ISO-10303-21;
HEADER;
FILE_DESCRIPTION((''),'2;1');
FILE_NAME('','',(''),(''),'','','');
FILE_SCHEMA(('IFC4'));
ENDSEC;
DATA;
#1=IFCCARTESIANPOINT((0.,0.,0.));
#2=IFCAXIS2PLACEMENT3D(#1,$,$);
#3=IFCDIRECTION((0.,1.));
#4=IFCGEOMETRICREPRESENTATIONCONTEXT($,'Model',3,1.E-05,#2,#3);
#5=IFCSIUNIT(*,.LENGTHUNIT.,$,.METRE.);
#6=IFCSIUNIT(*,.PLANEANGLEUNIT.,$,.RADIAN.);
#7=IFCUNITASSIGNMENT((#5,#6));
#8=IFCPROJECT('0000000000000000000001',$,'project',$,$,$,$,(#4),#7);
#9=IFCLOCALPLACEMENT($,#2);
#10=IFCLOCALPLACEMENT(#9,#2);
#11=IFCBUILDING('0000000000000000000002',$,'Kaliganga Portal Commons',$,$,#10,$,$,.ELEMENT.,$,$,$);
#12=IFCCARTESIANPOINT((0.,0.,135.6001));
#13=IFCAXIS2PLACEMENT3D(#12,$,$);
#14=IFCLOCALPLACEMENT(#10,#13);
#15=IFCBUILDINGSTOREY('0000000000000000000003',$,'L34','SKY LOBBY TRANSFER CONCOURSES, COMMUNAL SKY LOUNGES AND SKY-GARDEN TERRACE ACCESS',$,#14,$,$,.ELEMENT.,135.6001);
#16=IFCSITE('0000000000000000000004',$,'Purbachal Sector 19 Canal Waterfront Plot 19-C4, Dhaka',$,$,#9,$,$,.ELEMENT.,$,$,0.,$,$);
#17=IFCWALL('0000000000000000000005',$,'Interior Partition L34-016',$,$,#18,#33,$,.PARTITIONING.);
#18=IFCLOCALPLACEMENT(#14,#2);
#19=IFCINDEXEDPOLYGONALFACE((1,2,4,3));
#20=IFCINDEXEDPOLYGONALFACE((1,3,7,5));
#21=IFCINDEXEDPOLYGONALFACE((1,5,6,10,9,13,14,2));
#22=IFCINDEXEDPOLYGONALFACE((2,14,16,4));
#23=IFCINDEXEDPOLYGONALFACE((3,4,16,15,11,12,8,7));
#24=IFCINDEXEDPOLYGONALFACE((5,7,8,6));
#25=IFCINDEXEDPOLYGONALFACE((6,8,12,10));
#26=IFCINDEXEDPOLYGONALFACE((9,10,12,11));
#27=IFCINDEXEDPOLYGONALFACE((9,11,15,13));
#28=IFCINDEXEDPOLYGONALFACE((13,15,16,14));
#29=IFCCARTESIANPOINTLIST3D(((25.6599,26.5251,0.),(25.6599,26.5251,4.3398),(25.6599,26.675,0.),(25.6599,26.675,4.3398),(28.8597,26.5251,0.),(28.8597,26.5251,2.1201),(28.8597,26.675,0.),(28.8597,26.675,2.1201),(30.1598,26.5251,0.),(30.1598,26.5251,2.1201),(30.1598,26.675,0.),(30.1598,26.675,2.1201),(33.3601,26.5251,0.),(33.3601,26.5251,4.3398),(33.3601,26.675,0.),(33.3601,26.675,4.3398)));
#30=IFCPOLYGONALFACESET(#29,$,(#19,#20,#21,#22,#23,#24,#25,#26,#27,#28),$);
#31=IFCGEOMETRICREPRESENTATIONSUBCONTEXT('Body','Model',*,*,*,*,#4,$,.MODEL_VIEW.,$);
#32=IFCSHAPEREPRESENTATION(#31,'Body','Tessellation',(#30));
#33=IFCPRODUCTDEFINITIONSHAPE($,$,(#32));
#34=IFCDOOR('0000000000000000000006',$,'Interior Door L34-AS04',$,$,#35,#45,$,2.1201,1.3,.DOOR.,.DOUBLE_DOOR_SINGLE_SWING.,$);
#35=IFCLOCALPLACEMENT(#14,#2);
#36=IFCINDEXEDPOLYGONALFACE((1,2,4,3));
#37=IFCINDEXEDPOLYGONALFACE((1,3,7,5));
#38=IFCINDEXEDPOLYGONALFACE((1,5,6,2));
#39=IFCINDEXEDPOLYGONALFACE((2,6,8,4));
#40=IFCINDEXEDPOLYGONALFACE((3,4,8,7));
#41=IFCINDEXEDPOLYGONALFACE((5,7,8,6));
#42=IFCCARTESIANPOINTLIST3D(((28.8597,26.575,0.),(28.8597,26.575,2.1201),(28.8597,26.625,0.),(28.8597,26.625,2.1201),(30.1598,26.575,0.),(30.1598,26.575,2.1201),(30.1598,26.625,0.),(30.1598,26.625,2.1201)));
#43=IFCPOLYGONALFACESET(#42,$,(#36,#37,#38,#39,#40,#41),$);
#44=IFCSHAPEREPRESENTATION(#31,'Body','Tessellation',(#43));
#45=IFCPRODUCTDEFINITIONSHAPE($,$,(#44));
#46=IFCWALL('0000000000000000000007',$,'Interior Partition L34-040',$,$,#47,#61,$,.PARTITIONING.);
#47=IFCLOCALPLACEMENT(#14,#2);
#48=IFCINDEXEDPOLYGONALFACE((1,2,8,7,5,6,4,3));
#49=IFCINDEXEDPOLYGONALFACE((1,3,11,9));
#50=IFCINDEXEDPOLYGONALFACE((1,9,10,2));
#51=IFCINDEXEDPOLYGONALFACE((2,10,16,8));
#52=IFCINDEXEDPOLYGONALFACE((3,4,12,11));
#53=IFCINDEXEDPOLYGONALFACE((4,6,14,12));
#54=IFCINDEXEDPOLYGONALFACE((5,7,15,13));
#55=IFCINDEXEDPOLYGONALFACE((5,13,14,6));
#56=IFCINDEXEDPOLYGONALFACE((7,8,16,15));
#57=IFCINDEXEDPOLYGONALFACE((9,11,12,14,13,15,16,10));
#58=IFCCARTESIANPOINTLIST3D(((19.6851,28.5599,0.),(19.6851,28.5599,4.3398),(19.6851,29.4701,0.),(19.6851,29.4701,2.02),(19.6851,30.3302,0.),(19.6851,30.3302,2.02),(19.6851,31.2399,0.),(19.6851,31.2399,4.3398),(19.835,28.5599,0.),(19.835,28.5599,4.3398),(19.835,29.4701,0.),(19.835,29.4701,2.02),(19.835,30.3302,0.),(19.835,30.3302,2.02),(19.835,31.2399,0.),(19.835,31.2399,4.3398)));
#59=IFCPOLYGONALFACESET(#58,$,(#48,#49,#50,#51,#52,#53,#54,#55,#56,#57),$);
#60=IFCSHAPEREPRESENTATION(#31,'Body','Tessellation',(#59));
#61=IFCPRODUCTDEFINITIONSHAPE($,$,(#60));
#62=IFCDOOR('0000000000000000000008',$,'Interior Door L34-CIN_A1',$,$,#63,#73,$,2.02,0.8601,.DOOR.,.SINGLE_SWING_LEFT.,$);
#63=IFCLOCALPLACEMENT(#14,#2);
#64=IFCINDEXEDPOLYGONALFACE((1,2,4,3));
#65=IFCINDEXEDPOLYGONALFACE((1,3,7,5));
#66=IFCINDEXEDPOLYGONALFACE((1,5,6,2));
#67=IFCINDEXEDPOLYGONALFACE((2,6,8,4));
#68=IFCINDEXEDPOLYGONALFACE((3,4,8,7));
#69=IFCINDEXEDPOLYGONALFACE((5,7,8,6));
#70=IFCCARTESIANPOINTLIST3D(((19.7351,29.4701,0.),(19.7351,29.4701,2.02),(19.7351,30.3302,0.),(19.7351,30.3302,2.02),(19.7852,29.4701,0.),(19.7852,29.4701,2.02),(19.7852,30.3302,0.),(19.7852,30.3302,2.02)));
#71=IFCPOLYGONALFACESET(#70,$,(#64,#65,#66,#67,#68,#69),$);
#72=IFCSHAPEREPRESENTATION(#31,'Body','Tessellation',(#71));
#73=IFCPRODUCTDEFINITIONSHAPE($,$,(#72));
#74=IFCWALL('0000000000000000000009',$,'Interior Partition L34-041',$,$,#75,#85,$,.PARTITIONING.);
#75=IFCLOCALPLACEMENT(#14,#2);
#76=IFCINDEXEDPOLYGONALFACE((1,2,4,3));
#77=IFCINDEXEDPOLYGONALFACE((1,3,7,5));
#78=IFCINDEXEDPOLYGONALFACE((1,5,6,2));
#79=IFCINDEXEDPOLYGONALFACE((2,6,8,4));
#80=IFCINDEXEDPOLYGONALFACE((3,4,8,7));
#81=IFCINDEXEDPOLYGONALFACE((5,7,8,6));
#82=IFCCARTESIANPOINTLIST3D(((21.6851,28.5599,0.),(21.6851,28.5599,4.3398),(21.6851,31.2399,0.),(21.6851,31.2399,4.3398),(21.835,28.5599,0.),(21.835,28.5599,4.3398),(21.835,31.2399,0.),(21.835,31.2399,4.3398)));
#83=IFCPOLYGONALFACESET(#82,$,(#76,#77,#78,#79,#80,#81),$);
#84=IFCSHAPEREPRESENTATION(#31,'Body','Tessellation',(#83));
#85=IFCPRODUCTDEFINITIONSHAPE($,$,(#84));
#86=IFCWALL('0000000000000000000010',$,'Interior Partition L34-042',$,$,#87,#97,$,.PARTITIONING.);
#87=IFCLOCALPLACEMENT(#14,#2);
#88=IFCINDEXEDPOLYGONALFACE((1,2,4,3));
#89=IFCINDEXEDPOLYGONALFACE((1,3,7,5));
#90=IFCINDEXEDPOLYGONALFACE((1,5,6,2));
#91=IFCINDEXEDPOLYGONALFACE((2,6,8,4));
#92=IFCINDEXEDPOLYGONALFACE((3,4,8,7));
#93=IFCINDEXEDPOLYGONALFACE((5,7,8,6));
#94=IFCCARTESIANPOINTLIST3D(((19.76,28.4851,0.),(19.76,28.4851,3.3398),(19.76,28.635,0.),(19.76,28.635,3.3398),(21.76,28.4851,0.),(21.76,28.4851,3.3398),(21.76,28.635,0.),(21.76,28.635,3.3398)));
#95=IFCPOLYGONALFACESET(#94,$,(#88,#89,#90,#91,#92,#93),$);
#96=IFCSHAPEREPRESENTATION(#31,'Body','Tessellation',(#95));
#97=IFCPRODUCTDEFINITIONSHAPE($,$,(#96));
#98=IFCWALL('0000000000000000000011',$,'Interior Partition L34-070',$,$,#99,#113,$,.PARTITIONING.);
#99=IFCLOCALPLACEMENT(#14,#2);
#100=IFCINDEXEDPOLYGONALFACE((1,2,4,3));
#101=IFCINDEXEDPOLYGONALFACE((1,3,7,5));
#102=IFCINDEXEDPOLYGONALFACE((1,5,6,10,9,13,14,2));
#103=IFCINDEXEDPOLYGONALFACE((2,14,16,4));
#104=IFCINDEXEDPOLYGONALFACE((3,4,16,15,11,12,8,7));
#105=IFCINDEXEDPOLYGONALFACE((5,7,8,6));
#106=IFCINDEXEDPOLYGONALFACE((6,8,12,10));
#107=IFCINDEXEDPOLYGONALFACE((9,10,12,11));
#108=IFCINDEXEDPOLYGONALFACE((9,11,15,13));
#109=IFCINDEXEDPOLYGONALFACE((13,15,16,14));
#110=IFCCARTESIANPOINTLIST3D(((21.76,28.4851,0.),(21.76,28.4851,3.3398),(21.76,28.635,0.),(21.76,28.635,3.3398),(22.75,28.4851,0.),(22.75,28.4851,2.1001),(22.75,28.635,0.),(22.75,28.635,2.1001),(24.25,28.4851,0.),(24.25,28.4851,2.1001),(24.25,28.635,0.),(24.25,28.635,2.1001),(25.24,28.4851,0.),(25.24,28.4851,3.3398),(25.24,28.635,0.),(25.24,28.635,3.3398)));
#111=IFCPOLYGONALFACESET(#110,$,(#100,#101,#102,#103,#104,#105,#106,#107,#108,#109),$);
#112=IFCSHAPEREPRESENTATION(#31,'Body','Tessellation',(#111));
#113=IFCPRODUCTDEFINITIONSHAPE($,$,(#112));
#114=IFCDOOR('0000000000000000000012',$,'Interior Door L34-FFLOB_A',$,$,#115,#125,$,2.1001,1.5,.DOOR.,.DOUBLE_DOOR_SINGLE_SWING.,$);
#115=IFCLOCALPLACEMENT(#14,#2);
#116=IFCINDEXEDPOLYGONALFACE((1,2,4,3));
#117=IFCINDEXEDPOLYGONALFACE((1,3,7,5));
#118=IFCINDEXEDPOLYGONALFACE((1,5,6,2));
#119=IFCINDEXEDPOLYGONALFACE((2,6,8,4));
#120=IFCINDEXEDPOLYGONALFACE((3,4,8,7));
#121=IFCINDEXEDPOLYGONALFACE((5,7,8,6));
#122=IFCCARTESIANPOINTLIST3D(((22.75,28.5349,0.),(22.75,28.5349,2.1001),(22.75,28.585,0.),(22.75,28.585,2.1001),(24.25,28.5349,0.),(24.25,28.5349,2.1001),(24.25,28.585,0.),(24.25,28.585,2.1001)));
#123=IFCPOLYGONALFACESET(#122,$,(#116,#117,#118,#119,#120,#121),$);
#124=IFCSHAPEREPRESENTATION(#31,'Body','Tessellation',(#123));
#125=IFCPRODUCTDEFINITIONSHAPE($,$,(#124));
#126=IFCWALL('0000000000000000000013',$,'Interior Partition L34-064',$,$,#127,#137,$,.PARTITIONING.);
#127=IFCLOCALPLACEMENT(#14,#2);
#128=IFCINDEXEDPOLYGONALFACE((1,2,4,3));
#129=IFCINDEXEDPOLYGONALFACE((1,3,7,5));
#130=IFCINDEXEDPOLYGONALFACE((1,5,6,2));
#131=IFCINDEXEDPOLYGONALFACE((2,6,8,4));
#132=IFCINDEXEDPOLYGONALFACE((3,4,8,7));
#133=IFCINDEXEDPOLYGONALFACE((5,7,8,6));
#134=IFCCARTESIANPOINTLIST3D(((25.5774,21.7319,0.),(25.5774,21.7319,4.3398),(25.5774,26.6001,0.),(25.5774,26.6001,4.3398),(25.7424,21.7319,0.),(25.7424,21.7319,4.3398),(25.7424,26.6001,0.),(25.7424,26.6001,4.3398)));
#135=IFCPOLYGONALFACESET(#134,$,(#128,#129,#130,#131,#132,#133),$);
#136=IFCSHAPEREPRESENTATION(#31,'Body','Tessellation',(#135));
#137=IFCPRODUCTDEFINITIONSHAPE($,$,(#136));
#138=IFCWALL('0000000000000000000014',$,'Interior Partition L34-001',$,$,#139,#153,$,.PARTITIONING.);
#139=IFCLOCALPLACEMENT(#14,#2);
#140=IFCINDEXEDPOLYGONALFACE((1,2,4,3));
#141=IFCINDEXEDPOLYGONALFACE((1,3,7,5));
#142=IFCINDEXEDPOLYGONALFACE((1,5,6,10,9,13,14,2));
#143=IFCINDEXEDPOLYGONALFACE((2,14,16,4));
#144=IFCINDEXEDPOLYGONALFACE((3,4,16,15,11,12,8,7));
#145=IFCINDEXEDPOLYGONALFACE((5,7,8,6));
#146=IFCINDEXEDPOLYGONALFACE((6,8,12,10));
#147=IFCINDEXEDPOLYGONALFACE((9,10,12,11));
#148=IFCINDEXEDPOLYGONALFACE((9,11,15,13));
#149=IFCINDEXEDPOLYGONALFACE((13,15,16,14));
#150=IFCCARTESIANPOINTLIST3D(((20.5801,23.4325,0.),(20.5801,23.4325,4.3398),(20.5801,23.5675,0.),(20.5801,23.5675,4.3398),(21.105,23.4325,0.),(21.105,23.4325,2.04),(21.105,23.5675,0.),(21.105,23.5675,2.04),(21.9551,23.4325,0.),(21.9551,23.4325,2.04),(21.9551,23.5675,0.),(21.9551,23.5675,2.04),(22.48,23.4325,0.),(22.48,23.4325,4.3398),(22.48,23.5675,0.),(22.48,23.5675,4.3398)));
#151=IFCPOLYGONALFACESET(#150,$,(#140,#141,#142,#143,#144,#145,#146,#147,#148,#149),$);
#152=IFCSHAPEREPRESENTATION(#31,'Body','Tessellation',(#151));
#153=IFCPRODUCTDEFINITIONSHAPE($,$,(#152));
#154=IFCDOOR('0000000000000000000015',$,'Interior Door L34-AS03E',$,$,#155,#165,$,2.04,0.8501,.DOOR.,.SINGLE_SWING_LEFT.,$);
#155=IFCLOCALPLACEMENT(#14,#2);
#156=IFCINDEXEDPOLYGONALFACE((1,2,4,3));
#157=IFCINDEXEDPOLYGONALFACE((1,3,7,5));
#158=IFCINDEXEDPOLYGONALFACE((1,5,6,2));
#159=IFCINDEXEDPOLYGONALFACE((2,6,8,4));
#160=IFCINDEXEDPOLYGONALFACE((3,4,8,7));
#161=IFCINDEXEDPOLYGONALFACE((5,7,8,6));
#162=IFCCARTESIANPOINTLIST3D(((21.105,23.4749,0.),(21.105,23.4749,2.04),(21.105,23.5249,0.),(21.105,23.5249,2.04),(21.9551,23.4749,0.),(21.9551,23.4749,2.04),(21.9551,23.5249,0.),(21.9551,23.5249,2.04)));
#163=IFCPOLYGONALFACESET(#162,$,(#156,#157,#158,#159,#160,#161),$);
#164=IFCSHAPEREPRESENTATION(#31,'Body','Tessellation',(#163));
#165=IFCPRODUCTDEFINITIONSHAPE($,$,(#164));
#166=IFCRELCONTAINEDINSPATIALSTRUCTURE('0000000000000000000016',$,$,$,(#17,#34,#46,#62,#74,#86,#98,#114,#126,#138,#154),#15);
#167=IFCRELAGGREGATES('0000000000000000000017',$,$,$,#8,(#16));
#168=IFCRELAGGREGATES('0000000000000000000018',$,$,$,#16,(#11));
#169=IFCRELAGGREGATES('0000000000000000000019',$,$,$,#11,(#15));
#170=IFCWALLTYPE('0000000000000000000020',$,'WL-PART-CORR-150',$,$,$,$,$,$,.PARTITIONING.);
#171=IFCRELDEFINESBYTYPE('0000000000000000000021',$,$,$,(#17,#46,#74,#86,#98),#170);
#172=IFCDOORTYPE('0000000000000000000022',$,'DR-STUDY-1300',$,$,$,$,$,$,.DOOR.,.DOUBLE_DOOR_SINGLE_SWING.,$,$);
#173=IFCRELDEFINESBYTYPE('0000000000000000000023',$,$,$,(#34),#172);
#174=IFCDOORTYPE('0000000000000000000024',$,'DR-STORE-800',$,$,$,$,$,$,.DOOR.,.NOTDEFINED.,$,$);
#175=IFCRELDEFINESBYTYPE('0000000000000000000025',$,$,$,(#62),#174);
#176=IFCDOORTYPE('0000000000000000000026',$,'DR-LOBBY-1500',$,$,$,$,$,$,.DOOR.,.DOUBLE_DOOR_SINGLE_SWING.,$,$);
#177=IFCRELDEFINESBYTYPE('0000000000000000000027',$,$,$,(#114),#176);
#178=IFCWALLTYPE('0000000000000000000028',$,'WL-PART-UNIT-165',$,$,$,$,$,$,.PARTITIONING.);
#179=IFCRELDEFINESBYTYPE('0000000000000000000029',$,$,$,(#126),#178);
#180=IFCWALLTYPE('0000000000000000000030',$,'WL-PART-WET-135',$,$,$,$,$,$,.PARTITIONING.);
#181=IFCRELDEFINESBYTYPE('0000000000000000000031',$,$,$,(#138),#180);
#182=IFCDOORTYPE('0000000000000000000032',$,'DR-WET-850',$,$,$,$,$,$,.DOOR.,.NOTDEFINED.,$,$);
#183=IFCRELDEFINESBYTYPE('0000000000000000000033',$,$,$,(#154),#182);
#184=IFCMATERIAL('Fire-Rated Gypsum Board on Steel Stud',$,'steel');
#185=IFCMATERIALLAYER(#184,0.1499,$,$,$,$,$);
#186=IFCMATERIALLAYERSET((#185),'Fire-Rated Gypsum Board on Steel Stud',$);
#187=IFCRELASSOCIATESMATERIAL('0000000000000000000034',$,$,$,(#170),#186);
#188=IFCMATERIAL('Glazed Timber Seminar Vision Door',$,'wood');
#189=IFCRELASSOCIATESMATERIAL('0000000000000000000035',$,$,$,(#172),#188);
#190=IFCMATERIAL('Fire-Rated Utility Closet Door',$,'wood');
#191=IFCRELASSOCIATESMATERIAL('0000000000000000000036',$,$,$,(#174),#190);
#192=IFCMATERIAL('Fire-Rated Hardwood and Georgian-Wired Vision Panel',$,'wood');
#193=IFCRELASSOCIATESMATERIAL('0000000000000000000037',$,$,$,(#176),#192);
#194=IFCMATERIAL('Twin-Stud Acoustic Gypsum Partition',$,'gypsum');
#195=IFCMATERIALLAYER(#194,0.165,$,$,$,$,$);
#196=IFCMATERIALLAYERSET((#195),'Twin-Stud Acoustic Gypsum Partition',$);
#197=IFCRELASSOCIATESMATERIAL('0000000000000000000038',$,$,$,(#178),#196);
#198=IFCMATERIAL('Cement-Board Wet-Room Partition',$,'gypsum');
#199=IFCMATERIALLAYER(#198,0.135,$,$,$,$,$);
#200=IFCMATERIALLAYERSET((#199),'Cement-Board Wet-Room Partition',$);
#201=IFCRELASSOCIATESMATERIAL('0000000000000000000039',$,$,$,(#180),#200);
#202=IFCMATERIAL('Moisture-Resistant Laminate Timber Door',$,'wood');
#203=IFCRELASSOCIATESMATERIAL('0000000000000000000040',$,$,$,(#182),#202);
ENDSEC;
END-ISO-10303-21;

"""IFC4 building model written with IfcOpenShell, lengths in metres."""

from ifc_helpers import new_model, si_unit, direction, frame, frame_2d, origin, place, context, subcontext, project, spatial, rectangle, extrude, material, layer, layer_set, type_object, element, fill, save


model = new_model("IFC4")

# Units and contexts
model_context = context("Model", 3, precision=1e-05, world=origin(), true_north=direction((0.0, 1.0)))
body_context = subcontext(model_context, "Body", "Model", "MODEL_VIEW")
ifc_project = project(units=[si_unit("LENGTHUNIT", "METRE"), si_unit("PLANEANGLEUNIT", "RADIAN")], contexts=[model_context])

# Site, building, storey
site_placement = place(None, origin())
site = spatial("IfcSite", under=ifc_project, at=site_placement, Name="Purbachal Sector 19 Canal Waterfront Plot 19-C4, Dhaka", CompositionType="ELEMENT", RefElevation=0.0)
building_placement = place(site_placement, origin())
building = spatial("IfcBuilding", under=site, at=building_placement, Name="Kaliganga Portal Commons", CompositionType="ELEMENT")
storey_placement = place(building_placement, frame((0.0, 0.0, 135.6001)))
storey = spatial("IfcBuildingStorey", under=building, at=storey_placement, Name="L34", Description="SKY LOBBY TRANSFER CONCOURSES, COMMUNAL SKY LOUNGES AND SKY-GARDEN TERRACE ACCESS", CompositionType="ELEMENT", Elevation=135.6001)

# Walls, openings, doors
ifc_material_1 = material(Name="Fire-Rated Gypsum Board on Steel Stud", Category="steel")
ifc_layer_1 = layer(ifc_material_1, 0.1499)
ifc_layer_set_1 = layer_set([ifc_layer_1], Name="Fire-Rated Gypsum Board on Steel Stud")
wall_type_1 = type_object("IfcWallType", Name="WL-PART-CORR-150", PredefinedType="PARTITIONING", material=ifc_layer_set_1)
wall_1_placement = place(storey_placement, frame((25.6599, 26.6001, 0.0), z_axis=(0.0, 0.0, 1.0), x_axis=(1.0, 0.0, 0.0)))
wall_1 = element("IfcWall", 1, at=wall_1_placement, inside=storey, type_object=wall_type_1, Name="Interior Partition L34-016", PredefinedType="PARTITIONING", context=body_context, shape_type="SweptSolid", body=[
    extrude(rectangle(XDim=7.7002, YDim=0.1499, at=frame_2d((3.8501, 0.0))), origin(), (0.0, 0.0, 1.0), 4.3398),
])
opening_1_placement = place(wall_1_placement, frame((3.2, 0.0, 0.0)))
opening_1 = element("IfcOpeningElement", 2, at=opening_1_placement, cuts=wall_1, PredefinedType="OPENING", context=body_context, shape_type="SweptSolid", body=[
    extrude(rectangle(XDim=1.3, YDim=2.1201, at=frame_2d((0.6499, 1.0601))), frame((0.0, 0.085, 0.0), z_axis=(0.0, -1.0, 0.0), x_axis=(1.0, 0.0, 0.0)), (0.0, 0.0, 1.0), 0.1699),
])
ifc_material_2 = material(Name="Glazed Timber Seminar Vision Door", Category="wood")
door_type_1 = type_object("IfcDoorType", Name="DR-STUDY-1300", OperationType="DOUBLE_DOOR_SINGLE_SWING", PredefinedType="DOOR", material=ifc_material_2)
door_1_placement = place(opening_1_placement, origin())
door_1 = element("IfcDoor", 3, at=door_1_placement, inside=storey, type_object=door_type_1, Name="Interior Door L34-AS04", OperationType="DOUBLE_DOOR_SINGLE_SWING", OverallHeight=2.1201, OverallWidth=1.3, PredefinedType="DOOR", context=body_context, shape_type="SweptSolid", body=[
    extrude(rectangle(XDim=1.3, YDim=2.1201, at=frame_2d((0.6499, 1.0601))), frame((0.0, 0.0249, 0.0), z_axis=(0.0, -1.0, 0.0), x_axis=(1.0, 0.0, 0.0)), (0.0, 0.0, 1.0), 0.05),
])
fill(opening_1, door_1)
wall_2_placement = place(storey_placement, frame((19.76, 28.5601, 0.0), z_axis=(0.0, 0.0, 1.0), x_axis=(0.0, 1.0, 0.0)))
wall_2 = element("IfcWall", 4, at=wall_2_placement, inside=storey, type_object=wall_type_1, Name="Interior Partition L34-040", PredefinedType="PARTITIONING", context=body_context, shape_type="SweptSolid", body=[
    extrude(rectangle(XDim=2.6799, YDim=0.1499, at=frame_2d((1.3398, 0.0))), origin(), (0.0, 0.0, 1.0), 4.3398),
])
opening_2_placement = place(wall_2_placement, frame((0.9099, 0.0, 0.0)))
opening_2 = element("IfcOpeningElement", 5, at=opening_2_placement, cuts=wall_2, PredefinedType="OPENING", context=body_context, shape_type="SweptSolid", body=[
    extrude(rectangle(XDim=0.8601, YDim=2.02, at=frame_2d((0.4302, 1.01))), frame((0.0, 0.085, 0.0), z_axis=(0.0, -1.0, 0.0), x_axis=(1.0, 0.0, 0.0)), (0.0, 0.0, 1.0), 0.1699),
])
ifc_material_3 = material(Name="Fire-Rated Utility Closet Door", Category="wood")
door_type_2 = type_object("IfcDoorType", Name="DR-STORE-800", OperationType="NOTDEFINED", PredefinedType="DOOR", material=ifc_material_3)
door_2_placement = place(opening_2_placement, origin())
door_2 = element("IfcDoor", 6, at=door_2_placement, inside=storey, type_object=door_type_2, Name="Interior Door L34-CIN_A1", OperationType="SINGLE_SWING_LEFT", OverallHeight=2.02, OverallWidth=0.8601, PredefinedType="DOOR", context=body_context, shape_type="SweptSolid", body=[
    extrude(rectangle(XDim=0.8601, YDim=2.02, at=frame_2d((0.4302, 1.01))), frame((0.0, 0.0249, 0.0), z_axis=(0.0, -1.0, 0.0), x_axis=(1.0, 0.0, 0.0)), (0.0, 0.0, 1.0), 0.05),
])
fill(opening_2, door_2)

# Walls
wall_3_placement = place(storey_placement, frame((21.76, 28.5601, 0.0), z_axis=(0.0, 0.0, 1.0), x_axis=(0.0, 1.0, 0.0)))
element("IfcWall", 7, at=wall_3_placement, inside=storey, type_object=wall_type_1, Name="Interior Partition L34-041", PredefinedType="PARTITIONING", context=body_context, shape_type="SweptSolid", body=[
    extrude(rectangle(XDim=2.6799, YDim=0.1499, at=frame_2d((1.3398, 0.0))), origin(), (0.0, 0.0, 1.0), 4.3398),
])
wall_4_placement = place(storey_placement, frame((19.76, 28.5601, 0.0), z_axis=(0.0, 0.0, 1.0), x_axis=(1.0, 0.0, 0.0)))
element("IfcWall", 8, at=wall_4_placement, inside=storey, type_object=wall_type_1, Name="Interior Partition L34-042", PredefinedType="PARTITIONING", context=body_context, shape_type="SweptSolid", body=[
    extrude(rectangle(XDim=2.0, YDim=0.1499, at=frame_2d((1.0, 0.0))), origin(), (0.0, 0.0, 1.0), 3.3398),
])

# Wall, opening, door
wall_5_placement = place(storey_placement, frame((21.76, 28.5601, 0.0), z_axis=(0.0, 0.0, 1.0), x_axis=(1.0, 0.0, 0.0)))
wall_5 = element("IfcWall", 9, at=wall_5_placement, inside=storey, type_object=wall_type_1, Name="Interior Partition L34-070", PredefinedType="PARTITIONING", context=body_context, shape_type="SweptSolid", body=[
    extrude(rectangle(XDim=3.48, YDim=0.1499, at=frame_2d((1.74, 0.0))), origin(), (0.0, 0.0, 1.0), 3.3398),
])
opening_3_placement = place(wall_5_placement, frame((0.99, 0.0, 0.0)))
opening_3 = element("IfcOpeningElement", 10, at=opening_3_placement, cuts=wall_5, PredefinedType="OPENING", context=body_context, shape_type="SweptSolid", body=[
    extrude(rectangle(XDim=1.5, YDim=2.1001, at=frame_2d((0.75, 1.05))), frame((0.0, 0.085, 0.0), z_axis=(0.0, -1.0, 0.0), x_axis=(1.0, 0.0, 0.0)), (0.0, 0.0, 1.0), 0.1699),
])
ifc_material_4 = material(Name="Fire-Rated Hardwood and Georgian-Wired Vision Panel", Category="wood")
door_type_3 = type_object("IfcDoorType", Name="DR-LOBBY-1500", OperationType="DOUBLE_DOOR_SINGLE_SWING", PredefinedType="DOOR", material=ifc_material_4)
door_3_placement = place(opening_3_placement, origin())
door_3 = element("IfcDoor", 11, at=door_3_placement, inside=storey, type_object=door_type_3, Name="Interior Door L34-FFLOB_A", OperationType="DOUBLE_DOOR_SINGLE_SWING", OverallHeight=2.1001, OverallWidth=1.5, PredefinedType="DOOR", context=body_context, shape_type="SweptSolid", body=[
    extrude(rectangle(XDim=1.5, YDim=2.1001, at=frame_2d((0.75, 1.05))), frame((0.0, 0.0249, 0.0), z_axis=(0.0, -1.0, 0.0), x_axis=(1.0, 0.0, 0.0)), (0.0, 0.0, 1.0), 0.05),
])
fill(opening_3, door_3)

# Wall
ifc_material_5 = material(Name="Twin-Stud Acoustic Gypsum Partition", Category="gypsum")
ifc_layer_2 = layer(ifc_material_5, 0.165)
ifc_layer_set_2 = layer_set([ifc_layer_2], Name="Twin-Stud Acoustic Gypsum Partition")
wall_type_2 = type_object("IfcWallType", Name="WL-PART-UNIT-165", PredefinedType="PARTITIONING", material=ifc_layer_set_2)
wall_6_placement = place(storey_placement, frame((25.6599, 21.7319, 0.0), z_axis=(0.0, 0.0, 1.0), x_axis=(0.0, 1.0, 0.0)))
element("IfcWall", 12, at=wall_6_placement, inside=storey, type_object=wall_type_2, Name="Interior Partition L34-064", PredefinedType="PARTITIONING", context=body_context, shape_type="SweptSolid", body=[
    extrude(rectangle(XDim=4.8682, YDim=0.165, at=frame_2d((2.4341, 0.0))), origin(), (0.0, 0.0, 1.0), 4.3398),
])

# Wall, opening, door
ifc_material_6 = material(Name="Cement-Board Wet-Room Partition", Category="gypsum")
ifc_layer_3 = layer(ifc_material_6, 0.135)
ifc_layer_set_3 = layer_set([ifc_layer_3], Name="Cement-Board Wet-Room Partition")
wall_type_3 = type_object("IfcWallType", Name="WL-PART-WET-135", PredefinedType="PARTITIONING", material=ifc_layer_set_3)
wall_7_placement = place(storey_placement, frame((20.5801, 23.5, 0.0), z_axis=(0.0, 0.0, 1.0), x_axis=(1.0, 0.0, 0.0)))
wall_7 = element("IfcWall", 13, at=wall_7_placement, inside=storey, type_object=wall_type_3, Name="Interior Partition L34-001", PredefinedType="PARTITIONING", context=body_context, shape_type="SweptSolid", body=[
    extrude(rectangle(XDim=1.8999, YDim=0.135, at=frame_2d((0.95, 0.0))), origin(), (0.0, 0.0, 1.0), 4.3398),
])
opening_4_placement = place(wall_7_placement, frame((0.5249, 0.0, 0.0)))
opening_4 = element("IfcOpeningElement", 14, at=opening_4_placement, cuts=wall_7, PredefinedType="OPENING", context=body_context, shape_type="SweptSolid", body=[
    extrude(rectangle(XDim=0.8501, YDim=2.04, at=frame_2d((0.425, 1.02))), frame((0.0, 0.0776, 0.0), z_axis=(0.0, -1.0, 0.0), x_axis=(1.0, 0.0, 0.0)), (0.0, 0.0, 1.0), 0.155),
])
ifc_material_7 = material(Name="Moisture-Resistant Laminate Timber Door", Category="wood")
door_type_4 = type_object("IfcDoorType", Name="DR-WET-850", OperationType="NOTDEFINED", PredefinedType="DOOR", material=ifc_material_7)
door_4_placement = place(opening_4_placement, origin())
door_4 = element("IfcDoor", 15, at=door_4_placement, inside=storey, type_object=door_type_4, Name="Interior Door L34-AS03E", OperationType="SINGLE_SWING_LEFT", OverallHeight=2.04, OverallWidth=0.8501, PredefinedType="DOOR", context=body_context, shape_type="SweptSolid", body=[
    extrude(rectangle(XDim=0.8501, YDim=2.04, at=frame_2d((0.425, 1.02))), frame((0.0, 0.0249, 0.0), z_axis=(0.0, -1.0, 0.0), x_axis=(1.0, 0.0, 0.0)), (0.0, 0.0, 1.0), 0.05),
])
fill(opening_4, door_4)

save(model, "model.ifc")
